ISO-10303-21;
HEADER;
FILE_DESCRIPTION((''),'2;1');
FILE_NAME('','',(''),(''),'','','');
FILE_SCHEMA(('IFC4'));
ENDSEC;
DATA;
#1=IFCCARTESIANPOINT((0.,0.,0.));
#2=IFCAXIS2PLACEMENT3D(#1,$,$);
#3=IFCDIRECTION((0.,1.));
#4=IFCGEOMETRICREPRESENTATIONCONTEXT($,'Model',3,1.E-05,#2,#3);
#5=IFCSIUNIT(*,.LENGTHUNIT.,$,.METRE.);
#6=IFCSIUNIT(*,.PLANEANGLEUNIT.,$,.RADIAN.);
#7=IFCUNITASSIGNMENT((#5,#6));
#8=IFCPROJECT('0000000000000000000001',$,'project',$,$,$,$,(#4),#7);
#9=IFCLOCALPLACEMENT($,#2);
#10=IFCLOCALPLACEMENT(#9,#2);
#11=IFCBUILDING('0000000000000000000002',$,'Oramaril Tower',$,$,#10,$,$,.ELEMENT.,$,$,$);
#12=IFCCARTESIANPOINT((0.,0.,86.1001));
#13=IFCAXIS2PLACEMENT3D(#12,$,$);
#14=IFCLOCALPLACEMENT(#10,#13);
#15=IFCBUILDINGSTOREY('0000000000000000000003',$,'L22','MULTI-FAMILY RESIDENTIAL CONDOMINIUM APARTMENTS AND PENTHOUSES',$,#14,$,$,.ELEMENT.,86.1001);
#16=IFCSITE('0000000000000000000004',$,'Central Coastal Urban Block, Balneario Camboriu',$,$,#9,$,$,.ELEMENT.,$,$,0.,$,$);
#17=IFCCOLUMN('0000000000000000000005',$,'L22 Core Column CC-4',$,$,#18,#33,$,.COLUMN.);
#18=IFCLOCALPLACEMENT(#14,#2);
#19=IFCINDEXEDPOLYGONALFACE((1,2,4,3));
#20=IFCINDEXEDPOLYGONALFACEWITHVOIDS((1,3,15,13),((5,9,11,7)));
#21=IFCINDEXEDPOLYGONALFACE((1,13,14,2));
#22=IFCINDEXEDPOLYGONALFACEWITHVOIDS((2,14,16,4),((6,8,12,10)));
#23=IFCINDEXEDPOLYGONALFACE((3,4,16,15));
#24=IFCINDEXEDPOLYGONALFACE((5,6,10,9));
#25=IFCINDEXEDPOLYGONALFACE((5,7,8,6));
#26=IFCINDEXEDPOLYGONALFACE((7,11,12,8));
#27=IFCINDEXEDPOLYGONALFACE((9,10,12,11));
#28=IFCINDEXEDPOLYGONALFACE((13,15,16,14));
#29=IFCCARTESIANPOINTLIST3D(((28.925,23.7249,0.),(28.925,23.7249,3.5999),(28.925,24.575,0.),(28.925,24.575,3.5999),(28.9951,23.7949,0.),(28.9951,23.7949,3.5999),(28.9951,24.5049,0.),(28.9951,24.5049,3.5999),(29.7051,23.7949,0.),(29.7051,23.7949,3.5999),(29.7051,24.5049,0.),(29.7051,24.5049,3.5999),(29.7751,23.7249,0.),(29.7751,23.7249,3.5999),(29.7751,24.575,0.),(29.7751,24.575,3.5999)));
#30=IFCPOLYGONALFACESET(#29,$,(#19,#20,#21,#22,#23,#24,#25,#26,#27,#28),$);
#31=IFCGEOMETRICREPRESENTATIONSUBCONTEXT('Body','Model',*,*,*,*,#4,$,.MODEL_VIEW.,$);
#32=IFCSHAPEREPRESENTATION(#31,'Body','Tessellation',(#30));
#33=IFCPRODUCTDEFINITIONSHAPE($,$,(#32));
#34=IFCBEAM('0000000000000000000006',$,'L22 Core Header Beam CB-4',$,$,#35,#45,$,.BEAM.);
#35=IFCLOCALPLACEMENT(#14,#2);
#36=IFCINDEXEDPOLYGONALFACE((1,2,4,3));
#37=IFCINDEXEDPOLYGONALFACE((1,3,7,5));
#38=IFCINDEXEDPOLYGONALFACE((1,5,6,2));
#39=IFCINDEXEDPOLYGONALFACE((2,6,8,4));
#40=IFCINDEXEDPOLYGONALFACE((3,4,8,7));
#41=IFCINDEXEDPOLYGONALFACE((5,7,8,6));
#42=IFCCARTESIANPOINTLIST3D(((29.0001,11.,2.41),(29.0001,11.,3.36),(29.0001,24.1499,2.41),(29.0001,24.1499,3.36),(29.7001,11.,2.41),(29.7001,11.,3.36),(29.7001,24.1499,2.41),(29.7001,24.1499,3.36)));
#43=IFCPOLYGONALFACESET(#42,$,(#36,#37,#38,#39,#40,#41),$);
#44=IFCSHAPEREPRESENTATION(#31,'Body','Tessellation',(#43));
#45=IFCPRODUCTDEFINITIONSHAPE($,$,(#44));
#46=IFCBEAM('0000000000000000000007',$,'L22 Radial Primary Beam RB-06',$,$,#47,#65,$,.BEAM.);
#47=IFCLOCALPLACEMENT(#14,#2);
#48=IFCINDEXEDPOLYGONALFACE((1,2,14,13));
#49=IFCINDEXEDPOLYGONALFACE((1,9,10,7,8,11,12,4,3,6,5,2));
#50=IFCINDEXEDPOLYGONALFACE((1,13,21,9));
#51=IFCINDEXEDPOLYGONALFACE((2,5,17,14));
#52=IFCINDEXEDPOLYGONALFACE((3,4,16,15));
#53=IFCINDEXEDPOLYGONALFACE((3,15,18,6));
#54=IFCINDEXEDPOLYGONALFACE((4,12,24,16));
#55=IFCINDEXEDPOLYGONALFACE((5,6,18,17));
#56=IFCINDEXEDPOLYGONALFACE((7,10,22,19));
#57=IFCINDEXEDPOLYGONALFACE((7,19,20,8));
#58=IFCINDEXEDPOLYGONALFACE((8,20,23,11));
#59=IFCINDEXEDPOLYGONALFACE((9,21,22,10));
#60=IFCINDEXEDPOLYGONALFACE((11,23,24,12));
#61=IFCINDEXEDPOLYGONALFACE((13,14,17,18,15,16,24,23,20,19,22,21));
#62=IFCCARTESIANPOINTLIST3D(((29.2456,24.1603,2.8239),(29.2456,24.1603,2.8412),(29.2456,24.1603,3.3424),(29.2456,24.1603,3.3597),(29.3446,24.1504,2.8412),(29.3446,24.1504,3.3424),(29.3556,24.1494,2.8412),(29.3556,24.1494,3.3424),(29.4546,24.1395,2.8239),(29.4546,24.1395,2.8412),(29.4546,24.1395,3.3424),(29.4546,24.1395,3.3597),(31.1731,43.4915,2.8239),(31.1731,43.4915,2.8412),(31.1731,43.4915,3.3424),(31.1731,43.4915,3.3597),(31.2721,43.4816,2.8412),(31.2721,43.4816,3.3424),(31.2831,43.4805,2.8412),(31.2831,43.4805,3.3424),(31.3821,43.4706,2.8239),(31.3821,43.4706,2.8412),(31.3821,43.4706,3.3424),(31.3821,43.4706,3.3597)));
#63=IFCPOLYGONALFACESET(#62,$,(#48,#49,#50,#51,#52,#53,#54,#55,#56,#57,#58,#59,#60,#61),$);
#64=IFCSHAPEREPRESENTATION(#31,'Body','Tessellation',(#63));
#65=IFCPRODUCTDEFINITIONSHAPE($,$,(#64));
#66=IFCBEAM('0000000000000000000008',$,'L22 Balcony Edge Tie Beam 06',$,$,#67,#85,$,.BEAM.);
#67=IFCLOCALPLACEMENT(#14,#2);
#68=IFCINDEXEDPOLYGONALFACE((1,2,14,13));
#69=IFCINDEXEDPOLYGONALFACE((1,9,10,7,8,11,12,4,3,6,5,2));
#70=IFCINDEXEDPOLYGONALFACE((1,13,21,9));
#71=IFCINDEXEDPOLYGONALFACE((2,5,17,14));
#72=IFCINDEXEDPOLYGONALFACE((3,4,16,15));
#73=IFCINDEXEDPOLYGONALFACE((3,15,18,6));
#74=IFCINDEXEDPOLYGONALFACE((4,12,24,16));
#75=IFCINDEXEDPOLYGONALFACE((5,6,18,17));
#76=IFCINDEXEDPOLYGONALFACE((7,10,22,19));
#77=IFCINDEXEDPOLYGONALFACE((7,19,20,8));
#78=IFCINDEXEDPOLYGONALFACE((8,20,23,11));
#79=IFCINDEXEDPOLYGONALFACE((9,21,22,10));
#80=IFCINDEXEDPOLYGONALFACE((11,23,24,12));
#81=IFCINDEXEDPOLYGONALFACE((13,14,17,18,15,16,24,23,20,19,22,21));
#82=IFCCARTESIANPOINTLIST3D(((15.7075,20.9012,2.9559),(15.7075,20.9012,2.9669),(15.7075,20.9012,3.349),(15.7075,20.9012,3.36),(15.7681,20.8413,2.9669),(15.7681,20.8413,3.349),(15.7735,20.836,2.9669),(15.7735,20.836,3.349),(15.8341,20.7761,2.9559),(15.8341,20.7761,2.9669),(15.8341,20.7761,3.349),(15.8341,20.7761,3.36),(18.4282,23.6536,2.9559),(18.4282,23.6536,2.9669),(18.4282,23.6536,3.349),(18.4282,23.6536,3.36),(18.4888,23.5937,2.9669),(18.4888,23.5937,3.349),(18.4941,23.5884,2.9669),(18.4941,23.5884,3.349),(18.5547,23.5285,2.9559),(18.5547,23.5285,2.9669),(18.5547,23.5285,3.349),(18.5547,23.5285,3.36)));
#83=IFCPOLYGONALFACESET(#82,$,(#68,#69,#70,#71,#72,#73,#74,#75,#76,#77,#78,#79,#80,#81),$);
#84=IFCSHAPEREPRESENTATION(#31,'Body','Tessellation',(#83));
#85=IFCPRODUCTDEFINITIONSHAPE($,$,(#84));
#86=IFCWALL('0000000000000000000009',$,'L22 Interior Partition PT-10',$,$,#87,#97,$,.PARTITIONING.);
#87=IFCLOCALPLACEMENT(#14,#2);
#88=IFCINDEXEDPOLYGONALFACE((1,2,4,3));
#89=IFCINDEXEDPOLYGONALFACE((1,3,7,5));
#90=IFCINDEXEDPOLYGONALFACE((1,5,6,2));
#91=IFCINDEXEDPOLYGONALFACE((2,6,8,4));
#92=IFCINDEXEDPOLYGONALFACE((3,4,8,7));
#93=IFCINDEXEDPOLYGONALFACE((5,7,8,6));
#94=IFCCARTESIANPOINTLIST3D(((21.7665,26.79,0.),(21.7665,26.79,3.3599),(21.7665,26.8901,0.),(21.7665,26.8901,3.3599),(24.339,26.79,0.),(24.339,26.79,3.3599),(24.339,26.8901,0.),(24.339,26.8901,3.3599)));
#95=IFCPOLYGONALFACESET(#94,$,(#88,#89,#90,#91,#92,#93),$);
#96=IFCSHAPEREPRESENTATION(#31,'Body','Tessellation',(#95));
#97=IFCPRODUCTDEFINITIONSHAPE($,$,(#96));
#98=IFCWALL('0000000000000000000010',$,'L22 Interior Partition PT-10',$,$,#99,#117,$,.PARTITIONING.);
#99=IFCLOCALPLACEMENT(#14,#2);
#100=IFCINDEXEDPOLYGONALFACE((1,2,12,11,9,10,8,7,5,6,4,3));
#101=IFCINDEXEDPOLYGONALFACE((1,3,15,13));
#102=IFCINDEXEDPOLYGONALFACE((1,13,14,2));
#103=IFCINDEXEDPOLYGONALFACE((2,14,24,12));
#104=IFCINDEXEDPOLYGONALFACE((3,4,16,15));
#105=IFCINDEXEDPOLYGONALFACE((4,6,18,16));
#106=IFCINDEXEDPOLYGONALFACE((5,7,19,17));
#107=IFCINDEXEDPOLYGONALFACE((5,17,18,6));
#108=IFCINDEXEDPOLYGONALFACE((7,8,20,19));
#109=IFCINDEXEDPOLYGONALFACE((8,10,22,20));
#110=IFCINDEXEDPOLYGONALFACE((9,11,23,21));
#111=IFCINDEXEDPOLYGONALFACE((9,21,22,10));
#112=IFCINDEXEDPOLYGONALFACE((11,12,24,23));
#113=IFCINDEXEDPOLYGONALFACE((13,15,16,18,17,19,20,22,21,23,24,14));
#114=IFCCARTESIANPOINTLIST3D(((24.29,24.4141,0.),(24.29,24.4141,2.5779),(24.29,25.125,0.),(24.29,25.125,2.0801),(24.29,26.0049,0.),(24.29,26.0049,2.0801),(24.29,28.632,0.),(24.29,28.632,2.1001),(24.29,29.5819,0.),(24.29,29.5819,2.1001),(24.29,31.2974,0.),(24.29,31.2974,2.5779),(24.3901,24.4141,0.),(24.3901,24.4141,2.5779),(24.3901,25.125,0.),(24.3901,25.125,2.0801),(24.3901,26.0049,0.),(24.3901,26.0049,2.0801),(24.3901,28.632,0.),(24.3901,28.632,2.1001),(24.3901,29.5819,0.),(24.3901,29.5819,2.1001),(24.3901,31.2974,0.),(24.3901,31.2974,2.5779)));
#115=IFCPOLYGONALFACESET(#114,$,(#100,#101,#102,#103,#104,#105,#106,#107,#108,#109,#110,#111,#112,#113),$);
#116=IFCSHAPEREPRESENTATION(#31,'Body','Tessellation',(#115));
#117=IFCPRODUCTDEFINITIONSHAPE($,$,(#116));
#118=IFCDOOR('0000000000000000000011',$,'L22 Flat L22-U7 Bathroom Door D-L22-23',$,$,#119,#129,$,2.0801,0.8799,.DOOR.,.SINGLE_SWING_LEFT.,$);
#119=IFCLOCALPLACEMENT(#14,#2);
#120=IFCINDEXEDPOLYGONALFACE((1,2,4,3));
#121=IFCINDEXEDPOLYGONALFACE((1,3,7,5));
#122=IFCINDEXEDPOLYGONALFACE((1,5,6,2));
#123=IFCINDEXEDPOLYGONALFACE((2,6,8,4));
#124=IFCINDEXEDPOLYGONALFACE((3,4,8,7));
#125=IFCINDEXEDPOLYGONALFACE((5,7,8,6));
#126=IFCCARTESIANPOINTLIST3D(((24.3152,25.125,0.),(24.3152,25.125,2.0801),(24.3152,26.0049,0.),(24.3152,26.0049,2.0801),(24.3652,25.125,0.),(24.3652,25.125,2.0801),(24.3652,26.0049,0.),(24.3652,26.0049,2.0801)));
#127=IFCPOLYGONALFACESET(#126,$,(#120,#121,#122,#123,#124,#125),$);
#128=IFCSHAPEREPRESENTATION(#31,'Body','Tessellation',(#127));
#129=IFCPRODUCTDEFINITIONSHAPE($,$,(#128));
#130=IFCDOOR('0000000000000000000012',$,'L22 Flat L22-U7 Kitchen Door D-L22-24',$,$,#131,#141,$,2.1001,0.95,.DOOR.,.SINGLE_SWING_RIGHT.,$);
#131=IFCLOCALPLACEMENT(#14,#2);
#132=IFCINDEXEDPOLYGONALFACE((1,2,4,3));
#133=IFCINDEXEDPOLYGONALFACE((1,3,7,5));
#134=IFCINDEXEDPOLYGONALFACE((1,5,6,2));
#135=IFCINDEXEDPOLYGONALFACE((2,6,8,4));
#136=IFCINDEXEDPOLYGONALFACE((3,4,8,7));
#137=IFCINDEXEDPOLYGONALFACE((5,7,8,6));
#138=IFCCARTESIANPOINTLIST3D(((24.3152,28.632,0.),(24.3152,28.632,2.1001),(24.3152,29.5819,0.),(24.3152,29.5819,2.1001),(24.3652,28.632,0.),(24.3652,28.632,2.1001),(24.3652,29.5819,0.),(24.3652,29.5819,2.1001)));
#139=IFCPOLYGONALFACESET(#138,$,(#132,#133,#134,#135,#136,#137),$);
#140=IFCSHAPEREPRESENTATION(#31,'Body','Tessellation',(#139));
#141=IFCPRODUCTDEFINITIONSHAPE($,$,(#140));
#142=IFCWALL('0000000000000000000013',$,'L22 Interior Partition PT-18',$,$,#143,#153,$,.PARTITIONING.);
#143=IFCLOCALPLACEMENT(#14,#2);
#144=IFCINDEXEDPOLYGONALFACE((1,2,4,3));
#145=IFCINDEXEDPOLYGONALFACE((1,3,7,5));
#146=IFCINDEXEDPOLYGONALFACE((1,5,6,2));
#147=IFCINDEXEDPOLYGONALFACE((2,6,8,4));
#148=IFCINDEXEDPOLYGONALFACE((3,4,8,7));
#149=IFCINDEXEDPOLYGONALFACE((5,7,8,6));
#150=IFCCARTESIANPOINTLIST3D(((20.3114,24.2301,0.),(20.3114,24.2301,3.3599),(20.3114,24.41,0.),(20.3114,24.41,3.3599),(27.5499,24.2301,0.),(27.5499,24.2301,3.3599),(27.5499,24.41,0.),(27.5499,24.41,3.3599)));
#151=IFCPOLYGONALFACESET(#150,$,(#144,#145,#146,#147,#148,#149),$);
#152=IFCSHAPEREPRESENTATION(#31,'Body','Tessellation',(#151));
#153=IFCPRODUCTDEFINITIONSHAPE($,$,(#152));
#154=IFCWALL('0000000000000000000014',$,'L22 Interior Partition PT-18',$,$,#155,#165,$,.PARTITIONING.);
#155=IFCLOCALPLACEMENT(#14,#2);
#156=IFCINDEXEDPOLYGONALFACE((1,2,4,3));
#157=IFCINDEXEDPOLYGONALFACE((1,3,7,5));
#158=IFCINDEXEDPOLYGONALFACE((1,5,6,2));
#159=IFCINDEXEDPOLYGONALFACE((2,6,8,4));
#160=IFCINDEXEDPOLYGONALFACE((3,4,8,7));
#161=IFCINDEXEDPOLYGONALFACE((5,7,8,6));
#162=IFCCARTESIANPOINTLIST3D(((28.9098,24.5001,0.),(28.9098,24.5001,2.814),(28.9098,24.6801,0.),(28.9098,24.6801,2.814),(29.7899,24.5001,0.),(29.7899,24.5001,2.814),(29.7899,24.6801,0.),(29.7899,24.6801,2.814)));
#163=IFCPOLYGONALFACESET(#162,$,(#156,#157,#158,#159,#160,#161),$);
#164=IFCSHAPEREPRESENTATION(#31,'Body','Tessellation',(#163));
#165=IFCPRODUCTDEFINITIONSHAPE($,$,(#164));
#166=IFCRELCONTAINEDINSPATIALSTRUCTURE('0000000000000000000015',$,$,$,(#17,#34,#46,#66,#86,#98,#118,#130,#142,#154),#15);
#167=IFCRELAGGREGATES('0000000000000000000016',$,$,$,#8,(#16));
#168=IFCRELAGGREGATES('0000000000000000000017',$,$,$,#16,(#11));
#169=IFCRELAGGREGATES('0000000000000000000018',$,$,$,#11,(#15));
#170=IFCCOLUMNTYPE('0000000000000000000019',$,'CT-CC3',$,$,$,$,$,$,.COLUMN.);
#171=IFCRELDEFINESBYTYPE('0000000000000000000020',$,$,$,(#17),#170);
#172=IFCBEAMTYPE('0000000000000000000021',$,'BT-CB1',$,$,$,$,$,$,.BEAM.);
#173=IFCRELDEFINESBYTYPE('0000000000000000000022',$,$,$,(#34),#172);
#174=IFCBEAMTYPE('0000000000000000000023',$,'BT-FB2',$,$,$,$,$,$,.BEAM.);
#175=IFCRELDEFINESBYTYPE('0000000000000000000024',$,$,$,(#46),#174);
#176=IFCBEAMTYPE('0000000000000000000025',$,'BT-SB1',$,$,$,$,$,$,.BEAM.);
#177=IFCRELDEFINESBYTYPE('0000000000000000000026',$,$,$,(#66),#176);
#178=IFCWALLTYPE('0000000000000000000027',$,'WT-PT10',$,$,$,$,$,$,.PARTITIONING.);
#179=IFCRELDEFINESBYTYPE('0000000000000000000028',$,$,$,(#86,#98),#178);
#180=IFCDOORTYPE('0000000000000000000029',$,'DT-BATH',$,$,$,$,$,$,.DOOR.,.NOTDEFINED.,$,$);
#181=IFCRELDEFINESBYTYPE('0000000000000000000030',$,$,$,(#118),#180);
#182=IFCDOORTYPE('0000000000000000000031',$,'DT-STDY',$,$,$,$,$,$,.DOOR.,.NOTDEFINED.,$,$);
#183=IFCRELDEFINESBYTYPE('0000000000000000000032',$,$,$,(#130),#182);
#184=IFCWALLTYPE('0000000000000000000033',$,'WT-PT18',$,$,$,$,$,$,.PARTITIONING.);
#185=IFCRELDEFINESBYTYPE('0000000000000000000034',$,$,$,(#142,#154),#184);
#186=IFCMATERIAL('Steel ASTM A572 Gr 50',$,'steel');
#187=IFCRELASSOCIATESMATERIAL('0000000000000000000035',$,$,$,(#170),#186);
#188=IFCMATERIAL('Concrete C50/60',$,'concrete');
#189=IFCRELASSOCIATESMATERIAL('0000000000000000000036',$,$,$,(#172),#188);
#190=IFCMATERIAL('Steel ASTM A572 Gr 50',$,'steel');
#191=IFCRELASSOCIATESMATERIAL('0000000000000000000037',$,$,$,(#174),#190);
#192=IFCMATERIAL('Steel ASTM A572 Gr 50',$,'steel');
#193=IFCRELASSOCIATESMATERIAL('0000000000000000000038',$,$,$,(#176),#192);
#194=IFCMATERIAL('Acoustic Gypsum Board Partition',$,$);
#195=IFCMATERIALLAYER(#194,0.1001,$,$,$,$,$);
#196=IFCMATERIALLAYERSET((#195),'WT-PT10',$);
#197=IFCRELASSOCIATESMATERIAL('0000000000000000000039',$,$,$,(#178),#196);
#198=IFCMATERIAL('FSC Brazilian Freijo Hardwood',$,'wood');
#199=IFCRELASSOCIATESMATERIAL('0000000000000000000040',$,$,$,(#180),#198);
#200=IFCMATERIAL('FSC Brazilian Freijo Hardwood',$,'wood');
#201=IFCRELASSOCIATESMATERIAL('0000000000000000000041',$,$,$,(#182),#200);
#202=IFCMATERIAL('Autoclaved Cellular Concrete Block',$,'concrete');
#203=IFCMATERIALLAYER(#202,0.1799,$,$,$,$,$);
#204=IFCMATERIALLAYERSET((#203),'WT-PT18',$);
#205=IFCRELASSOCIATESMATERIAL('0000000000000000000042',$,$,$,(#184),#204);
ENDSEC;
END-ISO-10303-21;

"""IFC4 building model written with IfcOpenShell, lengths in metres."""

from ifc_helpers import new_model, si_unit, direction, frame, frame_2d, origin, origin_2d, place, context, subcontext, project, spatial, rectangle, hollow_rectangle, i_section, extrude, material, layer, layer_set, material_profile, profile_set, type_object, element, fill, save


model = new_model("IFC4")

# Units and contexts
model_context = context("Model", 3, precision=1e-05, world=origin(), true_north=direction((0.0, 1.0)))
body_context = subcontext(model_context, "Body", "Model", "MODEL_VIEW")
ifc_project = project(units=[si_unit("LENGTHUNIT", "METRE"), si_unit("PLANEANGLEUNIT", "RADIAN")], contexts=[model_context])

# Site, building, storey
site_placement = place(None, origin())
site = spatial("IfcSite", under=ifc_project, at=site_placement, Name="Central Coastal Urban Block, Balneario Camboriu", CompositionType="ELEMENT", RefElevation=0.0)
building_placement = place(site_placement, origin())
building = spatial("IfcBuilding", under=site, at=building_placement, Name="Oramaril Tower", CompositionType="ELEMENT")
storey_placement = place(building_placement, frame((0.0, 0.0, 86.1001)))
storey = spatial("IfcBuildingStorey", under=building, at=storey_placement, Name="L22", Description="MULTI-FAMILY RESIDENTIAL CONDOMINIUM APARTMENTS AND PENTHOUSES", CompositionType="ELEMENT", Elevation=86.1001)

# Column
ifc_material_1 = material(Name="Steel ASTM A572 Gr 50", Category="steel")
ifc_material_profile_1 = material_profile(ifc_material_1, hollow_rectangle(XDim=0.8501, YDim=0.8501, WallThickness=0.0701, at=origin_2d()), Name="BOX850X850X70")
ifc_profile_set_1 = profile_set([ifc_material_profile_1], Name="Steel ASTM A572 Gr 50")
column_type = type_object("IfcColumnType", Name="CT-CC3", PredefinedType="COLUMN", material=ifc_profile_set_1)
column_placement = place(storey_placement, frame((29.3501, 24.1499, 0.0), z_axis=(0.0, 0.0, 1.0), x_axis=(1.0, 0.0, 0.0)))
element("IfcColumn", 1, at=column_placement, inside=storey, type_object=column_type, Name="L22 Core Column CC-4", PredefinedType="COLUMN", context=body_context, shape_type="SweptSolid", body=[
    extrude(hollow_rectangle(XDim=0.8501, YDim=0.8501, WallThickness=0.0701, at=origin_2d()), origin(), (0.0, 0.0, 1.0), 3.5999),
])

# Beams
ifc_material_2 = material(Name="Concrete C50/60", Category="concrete")
ifc_material_profile_2 = material_profile(ifc_material_2, rectangle(XDim=0.7, YDim=0.95, at=origin_2d()), Name="CB700X950")
ifc_profile_set_2 = profile_set([ifc_material_profile_2], Name="Concrete C50/60")
beam_type_1 = type_object("IfcBeamType", Name="BT-CB1", PredefinedType="BEAM", material=ifc_profile_set_2)
beam_1_placement = place(storey_placement, frame((29.3501, 24.1499, 2.885), z_axis=(0.0, -1.0, 0.0), x_axis=(1.0, 0.0, 0.0)))
element("IfcBeam", 2, at=beam_1_placement, inside=storey, type_object=beam_type_1, Name="L22 Core Header Beam CB-4", PredefinedType="BEAM", context=body_context, shape_type="SweptSolid", body=[
    extrude(rectangle(XDim=0.7, YDim=0.95, at=origin_2d()), origin(), (0.0, 0.0, 1.0), 13.1499),
])
ifc_material_3 = material(Name="Steel ASTM A572 Gr 50", Category="steel")
ifc_material_profile_3 = material_profile(ifc_material_3, i_section(OverallWidth=0.21, OverallDepth=0.5359, WebThickness=0.011, FlangeThickness=0.0173, at=origin_2d()), Name="W21X68")
ifc_profile_set_3 = profile_set([ifc_material_profile_3], Name="Steel ASTM A572 Gr 50")
beam_type_2 = type_object("IfcBeamType", Name="BT-FB2", PredefinedType="BEAM", material=ifc_profile_set_3)
beam_2_placement = place(storey_placement, frame((29.3501, 24.1499, 3.0918), z_axis=(0.099218, 0.995066, 0.0), x_axis=(-0.995066, 0.099218, 0.0)))
element("IfcBeam", 3, at=beam_2_placement, inside=storey, type_object=beam_type_2, Name="L22 Radial Primary Beam RB-06", PredefinedType="BEAM", context=body_context, shape_type="SweptSolid", body=[
    extrude(i_section(OverallWidth=0.21, OverallDepth=0.5359, WebThickness=0.011, FlangeThickness=0.0173, at=origin_2d()), origin(), (0.0, 0.0, 1.0), 19.427),
])
ifc_material_4 = material(Name="Steel ASTM A572 Gr 50", Category="steel")
ifc_material_profile_4 = material_profile(ifc_material_4, i_section(OverallWidth=0.178, OverallDepth=0.4041, WebThickness=0.0076, FlangeThickness=0.011, at=origin_2d()), Name="W16X36")
ifc_profile_set_4 = profile_set([ifc_material_profile_4], Name="Steel ASTM A572 Gr 50")
beam_type_3 = type_object("IfcBeamType", Name="BT-SB1", PredefinedType="BEAM", material=ifc_profile_set_4)
beam_3_placement = place(storey_placement, frame((18.4915, 23.5911, 3.158), z_axis=(-0.702995, -0.711195, 0.0), x_axis=(0.711195, -0.702995, 0.0)))
element("IfcBeam", 4, at=beam_3_placement, inside=storey, type_object=beam_type_3, Name="L22 Balcony Edge Tie Beam 06", PredefinedType="BEAM", context=body_context, shape_type="SweptSolid", body=[
    extrude(i_section(OverallWidth=0.178, OverallDepth=0.4041, WebThickness=0.0076, FlangeThickness=0.011, at=origin_2d()), origin(), (0.0, 0.0, 1.0), 3.8701),
])

# Wall
ifc_material_5 = material(Name="Acoustic Gypsum Board Partition")
ifc_layer_1 = layer(ifc_material_5, 0.1001)
ifc_layer_set_1 = layer_set([ifc_layer_1], Name="WT-PT10")
wall_type_1 = type_object("IfcWallType", Name="WT-PT10", PredefinedType="PARTITIONING", material=ifc_layer_set_1)
wall_1_placement = place(storey_placement, frame((21.7666, 26.8401, 0.0), z_axis=(0.0, 0.0, 1.0), x_axis=(1.0, 0.0, 0.0)))
element("IfcWall", 5, at=wall_1_placement, inside=storey, type_object=wall_type_1, Name="L22 Interior Partition PT-10", PredefinedType="PARTITIONING", context=body_context, shape_type="SweptSolid", body=[
    extrude(rectangle(XDim=2.5725, YDim=0.1001, at=frame_2d((1.2861, 0.0))), origin(), (0.0, 0.0, 1.0), 3.3599),
])

# Wall, openings, doors
wall_2_placement = place(storey_placement, frame((24.3401, 24.4141, 0.0), z_axis=(0.0, 0.0, 1.0), x_axis=(0.0, 1.0, 0.0)))
wall_2 = element("IfcWall", 6, at=wall_2_placement, inside=storey, type_object=wall_type_1, Name="L22 Interior Partition PT-10", PredefinedType="PARTITIONING", context=body_context, shape_type="SweptSolid", body=[
    extrude(rectangle(XDim=6.8833, YDim=0.1001, at=frame_2d((3.4417, 0.0))), origin(), (0.0, 0.0, 1.0), 2.5779),
])
opening_1_placement = place(wall_2_placement, frame((0.7109, 0.0, 0.0)))
opening_1 = element("IfcOpeningElement", 7, at=opening_1_placement, cuts=wall_2, PredefinedType="OPENING", context=body_context, shape_type="SweptSolid", body=[
    extrude(rectangle(XDim=0.8799, YDim=2.0801, at=frame_2d((0.4399, 1.04))), frame((0.0, 0.05, 0.0), z_axis=(0.0, -1.0, 0.0), x_axis=(1.0, 0.0, 0.0)), (0.0, 0.0, 1.0), 0.1001),
])
opening_2_placement = place(wall_2_placement, frame((4.2178, 0.0, 0.0)))
opening_2 = element("IfcOpeningElement", 8, at=opening_2_placement, cuts=wall_2, PredefinedType="OPENING", context=body_context, shape_type="SweptSolid", body=[
    extrude(rectangle(XDim=0.95, YDim=2.1001, at=frame_2d((0.4751, 1.05))), frame((0.0, 0.05, 0.0), z_axis=(0.0, -1.0, 0.0), x_axis=(1.0, 0.0, 0.0)), (0.0, 0.0, 1.0), 0.1001),
])
ifc_material_6 = material(Name="FSC Brazilian Freijo Hardwood", Category="wood")
door_type_1 = type_object("IfcDoorType", Name="DT-BATH", OperationType="NOTDEFINED", PredefinedType="DOOR", material=ifc_material_6)
door_1_placement = place(opening_1_placement, origin())
door_1 = element("IfcDoor", 9, at=door_1_placement, inside=storey, type_object=door_type_1, Name="L22 Flat L22-U7 Bathroom Door D-L22-23", OperationType="SINGLE_SWING_LEFT", OverallHeight=2.0801, OverallWidth=0.8799, PredefinedType="DOOR", context=body_context, shape_type="SweptSolid", body=[
    extrude(rectangle(XDim=0.8799, YDim=2.0801, at=frame_2d((0.4399, 1.04))), frame((0.0, 0.0249, 0.0), z_axis=(0.0, -1.0, 0.0), x_axis=(1.0, 0.0, 0.0)), (0.0, 0.0, 1.0), 0.05),
])
fill(opening_1, door_1)
ifc_material_7 = material(Name="FSC Brazilian Freijo Hardwood", Category="wood")
door_type_2 = type_object("IfcDoorType", Name="DT-STDY", OperationType="NOTDEFINED", PredefinedType="DOOR", material=ifc_material_7)
door_2_placement = place(opening_2_placement, origin())
door_2 = element("IfcDoor", 10, at=door_2_placement, inside=storey, type_object=door_type_2, Name="L22 Flat L22-U7 Kitchen Door D-L22-24", OperationType="SINGLE_SWING_RIGHT", OverallHeight=2.1001, OverallWidth=0.95, PredefinedType="DOOR", context=body_context, shape_type="SweptSolid", body=[
    extrude(rectangle(XDim=0.95, YDim=2.1001, at=frame_2d((0.4751, 1.05))), frame((0.0, 0.0249, 0.0), z_axis=(0.0, -1.0, 0.0), x_axis=(1.0, 0.0, 0.0)), (0.0, 0.0, 1.0), 0.05),
])
fill(opening_2, door_2)

# Walls
ifc_material_8 = material(Name="Autoclaved Cellular Concrete Block", Category="concrete")
ifc_layer_2 = layer(ifc_material_8, 0.1799)
ifc_layer_set_2 = layer_set([ifc_layer_2], Name="WT-PT18")
wall_type_2 = type_object("IfcWallType", Name="WT-PT18", PredefinedType="PARTITIONING", material=ifc_layer_set_2)
wall_3_placement = place(storey_placement, frame((20.3115, 24.3201, 0.0), z_axis=(0.0, 0.0, 1.0), x_axis=(1.0, 0.0, 0.0)))
element("IfcWall", 11, at=wall_3_placement, inside=storey, type_object=wall_type_2, Name="L22 Interior Partition PT-18", PredefinedType="PARTITIONING", context=body_context, shape_type="SweptSolid", body=[
    extrude(rectangle(XDim=7.2385, YDim=0.1799, at=frame_2d((3.6191, 0.0))), origin(), (0.0, 0.0, 1.0), 3.3599),
])
wall_4_placement = place(storey_placement, frame((28.9099, 24.5901, 0.0), z_axis=(0.0, 0.0, 1.0), x_axis=(1.0, 0.0, 0.0)))
element("IfcWall", 12, at=wall_4_placement, inside=storey, type_object=wall_type_2, Name="L22 Interior Partition PT-18", PredefinedType="PARTITIONING", context=body_context, shape_type="SweptSolid", body=[
    extrude(rectangle(XDim=0.8801, YDim=0.1799, at=frame_2d((0.4399, 0.0))), origin(), (0.0, 0.0, 1.0), 2.814),
])

save(model, "model.ifc")
